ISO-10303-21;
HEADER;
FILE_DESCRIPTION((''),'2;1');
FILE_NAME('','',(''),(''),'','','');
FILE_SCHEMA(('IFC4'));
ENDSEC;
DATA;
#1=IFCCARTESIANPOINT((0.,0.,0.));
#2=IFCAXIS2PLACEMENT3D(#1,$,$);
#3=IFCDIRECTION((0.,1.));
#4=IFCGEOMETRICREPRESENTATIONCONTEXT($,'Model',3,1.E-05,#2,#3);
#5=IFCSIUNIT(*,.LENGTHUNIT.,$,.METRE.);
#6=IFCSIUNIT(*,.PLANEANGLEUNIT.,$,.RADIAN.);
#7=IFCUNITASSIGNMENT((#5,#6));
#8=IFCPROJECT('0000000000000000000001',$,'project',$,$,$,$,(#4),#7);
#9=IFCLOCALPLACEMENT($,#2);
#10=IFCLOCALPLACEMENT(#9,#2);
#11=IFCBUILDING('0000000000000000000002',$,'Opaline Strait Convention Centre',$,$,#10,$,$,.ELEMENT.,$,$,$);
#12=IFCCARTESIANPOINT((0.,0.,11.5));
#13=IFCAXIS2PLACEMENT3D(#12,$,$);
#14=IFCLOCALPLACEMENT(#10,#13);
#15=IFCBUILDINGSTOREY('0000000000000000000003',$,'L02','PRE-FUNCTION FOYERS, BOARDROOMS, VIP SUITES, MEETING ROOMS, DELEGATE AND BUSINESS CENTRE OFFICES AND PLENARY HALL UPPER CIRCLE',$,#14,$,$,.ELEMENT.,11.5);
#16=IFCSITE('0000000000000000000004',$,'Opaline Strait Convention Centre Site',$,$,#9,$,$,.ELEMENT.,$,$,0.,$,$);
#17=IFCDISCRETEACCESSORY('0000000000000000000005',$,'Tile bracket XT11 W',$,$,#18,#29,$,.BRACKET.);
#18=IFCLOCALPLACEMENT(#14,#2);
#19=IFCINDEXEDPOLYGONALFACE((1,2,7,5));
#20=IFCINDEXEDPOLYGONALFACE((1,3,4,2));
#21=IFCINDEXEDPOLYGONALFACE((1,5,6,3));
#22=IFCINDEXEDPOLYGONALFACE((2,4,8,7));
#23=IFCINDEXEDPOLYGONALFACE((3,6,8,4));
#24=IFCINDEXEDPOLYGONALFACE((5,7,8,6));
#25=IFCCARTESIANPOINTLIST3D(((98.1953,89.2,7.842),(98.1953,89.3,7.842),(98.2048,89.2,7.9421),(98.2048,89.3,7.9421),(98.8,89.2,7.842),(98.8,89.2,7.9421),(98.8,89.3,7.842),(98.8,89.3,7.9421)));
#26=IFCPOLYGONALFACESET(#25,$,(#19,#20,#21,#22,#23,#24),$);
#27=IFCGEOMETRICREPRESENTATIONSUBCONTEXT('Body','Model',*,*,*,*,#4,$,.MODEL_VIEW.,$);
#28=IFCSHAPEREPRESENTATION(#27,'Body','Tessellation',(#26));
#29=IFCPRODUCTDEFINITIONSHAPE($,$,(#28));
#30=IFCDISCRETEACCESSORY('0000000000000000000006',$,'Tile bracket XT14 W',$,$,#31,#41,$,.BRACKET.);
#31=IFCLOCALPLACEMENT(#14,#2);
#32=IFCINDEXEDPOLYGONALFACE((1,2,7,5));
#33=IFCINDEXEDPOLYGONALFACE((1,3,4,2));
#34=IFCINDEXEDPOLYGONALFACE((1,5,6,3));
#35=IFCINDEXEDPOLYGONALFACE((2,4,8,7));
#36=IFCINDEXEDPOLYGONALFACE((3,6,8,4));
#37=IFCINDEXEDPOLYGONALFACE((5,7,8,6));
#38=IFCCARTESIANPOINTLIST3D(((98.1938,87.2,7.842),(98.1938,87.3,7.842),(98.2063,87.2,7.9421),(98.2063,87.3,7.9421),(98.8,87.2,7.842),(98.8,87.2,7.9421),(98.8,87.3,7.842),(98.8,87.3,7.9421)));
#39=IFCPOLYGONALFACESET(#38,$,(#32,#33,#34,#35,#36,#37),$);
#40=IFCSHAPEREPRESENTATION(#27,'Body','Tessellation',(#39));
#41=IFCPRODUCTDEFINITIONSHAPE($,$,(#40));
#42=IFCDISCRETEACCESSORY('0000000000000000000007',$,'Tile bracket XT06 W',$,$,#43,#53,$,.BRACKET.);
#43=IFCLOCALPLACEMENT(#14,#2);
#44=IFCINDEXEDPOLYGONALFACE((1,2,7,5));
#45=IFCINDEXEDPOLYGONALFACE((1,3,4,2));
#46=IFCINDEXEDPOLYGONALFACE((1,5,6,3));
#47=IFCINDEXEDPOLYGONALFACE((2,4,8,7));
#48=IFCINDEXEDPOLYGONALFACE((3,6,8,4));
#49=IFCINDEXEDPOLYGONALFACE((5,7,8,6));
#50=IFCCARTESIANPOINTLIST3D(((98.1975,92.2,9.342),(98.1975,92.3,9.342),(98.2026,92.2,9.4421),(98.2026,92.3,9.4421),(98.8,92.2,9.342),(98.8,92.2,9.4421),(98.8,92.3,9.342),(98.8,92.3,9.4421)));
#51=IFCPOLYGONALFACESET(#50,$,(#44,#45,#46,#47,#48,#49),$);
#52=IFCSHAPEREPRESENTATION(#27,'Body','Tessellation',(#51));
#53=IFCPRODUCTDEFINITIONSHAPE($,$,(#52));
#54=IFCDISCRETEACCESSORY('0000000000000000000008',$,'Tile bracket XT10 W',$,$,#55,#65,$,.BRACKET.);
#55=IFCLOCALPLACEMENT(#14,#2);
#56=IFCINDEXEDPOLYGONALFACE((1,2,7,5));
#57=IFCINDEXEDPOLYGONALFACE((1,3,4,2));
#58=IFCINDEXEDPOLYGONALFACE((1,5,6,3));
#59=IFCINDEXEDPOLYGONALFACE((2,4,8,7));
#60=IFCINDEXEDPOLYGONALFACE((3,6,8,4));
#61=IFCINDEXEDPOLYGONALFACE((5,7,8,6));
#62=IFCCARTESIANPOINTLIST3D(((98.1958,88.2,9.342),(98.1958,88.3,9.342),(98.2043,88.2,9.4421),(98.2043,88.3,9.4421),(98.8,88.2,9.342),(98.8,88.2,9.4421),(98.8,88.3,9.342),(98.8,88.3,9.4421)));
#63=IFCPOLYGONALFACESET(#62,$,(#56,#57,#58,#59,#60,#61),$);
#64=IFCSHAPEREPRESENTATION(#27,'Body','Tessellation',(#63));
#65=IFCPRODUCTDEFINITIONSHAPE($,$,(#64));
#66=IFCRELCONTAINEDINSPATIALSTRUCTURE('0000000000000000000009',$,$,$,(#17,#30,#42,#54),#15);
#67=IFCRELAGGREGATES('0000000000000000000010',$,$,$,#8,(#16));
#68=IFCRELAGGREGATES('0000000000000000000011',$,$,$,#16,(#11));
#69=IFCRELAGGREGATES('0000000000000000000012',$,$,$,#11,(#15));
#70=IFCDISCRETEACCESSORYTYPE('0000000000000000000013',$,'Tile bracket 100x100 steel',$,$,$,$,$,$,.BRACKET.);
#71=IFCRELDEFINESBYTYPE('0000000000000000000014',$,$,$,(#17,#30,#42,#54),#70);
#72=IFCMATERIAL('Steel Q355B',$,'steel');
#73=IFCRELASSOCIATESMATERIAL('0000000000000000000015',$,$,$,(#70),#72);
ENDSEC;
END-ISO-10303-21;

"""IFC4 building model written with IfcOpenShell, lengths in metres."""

from ifc_helpers import new_model, si_unit, direction, frame, origin, place, context, subcontext, project, spatial, polyline, outline, extrude, material, type_object, element, save


model = new_model("IFC4")

# Units and contexts
model_context = context("Model", 3, precision=1e-05, world=origin(), true_north=direction((0.0, 1.0)))
body_context = subcontext(model_context, "Body", "Model", "MODEL_VIEW")
ifc_project = project(units=[si_unit("LENGTHUNIT", "METRE"), si_unit("PLANEANGLEUNIT", "RADIAN")], contexts=[model_context])

# Site, building, storey
site_placement = place(None, origin())
site = spatial("IfcSite", under=ifc_project, at=site_placement, Name="Opaline Strait Convention Centre Site", CompositionType="ELEMENT", RefElevation=0.0)
building_placement = place(site_placement, origin())
building = spatial("IfcBuilding", under=site, at=building_placement, Name="Opaline Strait Convention Centre", CompositionType="ELEMENT")
storey_placement = place(building_placement, frame((0.0, 0.0, 11.5)))
storey = spatial("IfcBuildingStorey", under=building, at=storey_placement, Name="L02", Description="PRE-FUNCTION FOYERS, BOARDROOMS, VIP SUITES, MEETING ROOMS, DELEGATE AND BUSINESS CENTRE OFFICES AND PLENARY HALL UPPER CIRCLE", CompositionType="ELEMENT", Elevation=11.5)

# Shared definitions
ifc_material_1 = material(Name="Steel Q355B", Category="steel")

# Discrete accessories
discrete_accessory_type = type_object("IfcDiscreteAccessoryType", Name="Tile bracket 100x100 steel", PredefinedType="BRACKET", material=ifc_material_1)
discrete_accessory_1_placement = place(storey_placement, frame((98.8, 89.3, 7.8921), z_axis=(0.0, -1.0, 0.0), x_axis=(1.0, 0.0, 0.0)))
element("IfcDiscreteAccessory", 1, at=discrete_accessory_1_placement, inside=storey, type_object=discrete_accessory_type, Name="Tile bracket XT11 W", PredefinedType="BRACKET", context=body_context, shape_type="SweptSolid", body=[
    extrude(outline(polyline([(0.0, -0.05), (0.0, 0.05), (-0.5952, 0.05), (-0.6047, -0.05), (0.0, -0.05)])), origin(), (0.0, 0.0, 1.0), 0.1001),
])
discrete_accessory_2_placement = place(storey_placement, frame((98.8, 87.3, 7.8921), z_axis=(0.0, -1.0, 0.0), x_axis=(1.0, 0.0, 0.0)))
element("IfcDiscreteAccessory", 2, at=discrete_accessory_2_placement, inside=storey, type_object=discrete_accessory_type, Name="Tile bracket XT14 W", PredefinedType="BRACKET", context=body_context, shape_type="SweptSolid", body=[
    extrude(outline(polyline([(0.0, -0.05), (0.0, 0.05), (-0.5938, 0.05), (-0.6062, -0.05), (0.0, -0.05)])), origin(), (0.0, 0.0, 1.0), 0.1001),
])
discrete_accessory_3_placement = place(storey_placement, frame((98.8, 92.3, 9.3921), z_axis=(0.0, -1.0, 0.0), x_axis=(1.0, 0.0, 0.0)))
element("IfcDiscreteAccessory", 3, at=discrete_accessory_3_placement, inside=storey, type_object=discrete_accessory_type, Name="Tile bracket XT06 W", PredefinedType="BRACKET", context=body_context, shape_type="SweptSolid", body=[
    extrude(outline(polyline([(0.0, -0.05), (0.0, 0.05), (-0.5974, 0.05), (-0.6025, -0.05), (0.0, -0.05)])), origin(), (0.0, 0.0, 1.0), 0.1001),
])
discrete_accessory_4_placement = place(storey_placement, frame((98.8, 88.3, 9.3921), z_axis=(0.0, -1.0, 0.0), x_axis=(1.0, 0.0, 0.0)))
element("IfcDiscreteAccessory", 4, at=discrete_accessory_4_placement, inside=storey, type_object=discrete_accessory_type, Name="Tile bracket XT10 W", PredefinedType="BRACKET", context=body_context, shape_type="SweptSolid", body=[
    extrude(outline(polyline([(0.0, -0.05), (0.0, 0.05), (-0.5957, 0.05), (-0.6042, -0.05), (0.0, -0.05)])), origin(), (0.0, 0.0, 1.0), 0.1001),
])

save(model, "model.ifc")
